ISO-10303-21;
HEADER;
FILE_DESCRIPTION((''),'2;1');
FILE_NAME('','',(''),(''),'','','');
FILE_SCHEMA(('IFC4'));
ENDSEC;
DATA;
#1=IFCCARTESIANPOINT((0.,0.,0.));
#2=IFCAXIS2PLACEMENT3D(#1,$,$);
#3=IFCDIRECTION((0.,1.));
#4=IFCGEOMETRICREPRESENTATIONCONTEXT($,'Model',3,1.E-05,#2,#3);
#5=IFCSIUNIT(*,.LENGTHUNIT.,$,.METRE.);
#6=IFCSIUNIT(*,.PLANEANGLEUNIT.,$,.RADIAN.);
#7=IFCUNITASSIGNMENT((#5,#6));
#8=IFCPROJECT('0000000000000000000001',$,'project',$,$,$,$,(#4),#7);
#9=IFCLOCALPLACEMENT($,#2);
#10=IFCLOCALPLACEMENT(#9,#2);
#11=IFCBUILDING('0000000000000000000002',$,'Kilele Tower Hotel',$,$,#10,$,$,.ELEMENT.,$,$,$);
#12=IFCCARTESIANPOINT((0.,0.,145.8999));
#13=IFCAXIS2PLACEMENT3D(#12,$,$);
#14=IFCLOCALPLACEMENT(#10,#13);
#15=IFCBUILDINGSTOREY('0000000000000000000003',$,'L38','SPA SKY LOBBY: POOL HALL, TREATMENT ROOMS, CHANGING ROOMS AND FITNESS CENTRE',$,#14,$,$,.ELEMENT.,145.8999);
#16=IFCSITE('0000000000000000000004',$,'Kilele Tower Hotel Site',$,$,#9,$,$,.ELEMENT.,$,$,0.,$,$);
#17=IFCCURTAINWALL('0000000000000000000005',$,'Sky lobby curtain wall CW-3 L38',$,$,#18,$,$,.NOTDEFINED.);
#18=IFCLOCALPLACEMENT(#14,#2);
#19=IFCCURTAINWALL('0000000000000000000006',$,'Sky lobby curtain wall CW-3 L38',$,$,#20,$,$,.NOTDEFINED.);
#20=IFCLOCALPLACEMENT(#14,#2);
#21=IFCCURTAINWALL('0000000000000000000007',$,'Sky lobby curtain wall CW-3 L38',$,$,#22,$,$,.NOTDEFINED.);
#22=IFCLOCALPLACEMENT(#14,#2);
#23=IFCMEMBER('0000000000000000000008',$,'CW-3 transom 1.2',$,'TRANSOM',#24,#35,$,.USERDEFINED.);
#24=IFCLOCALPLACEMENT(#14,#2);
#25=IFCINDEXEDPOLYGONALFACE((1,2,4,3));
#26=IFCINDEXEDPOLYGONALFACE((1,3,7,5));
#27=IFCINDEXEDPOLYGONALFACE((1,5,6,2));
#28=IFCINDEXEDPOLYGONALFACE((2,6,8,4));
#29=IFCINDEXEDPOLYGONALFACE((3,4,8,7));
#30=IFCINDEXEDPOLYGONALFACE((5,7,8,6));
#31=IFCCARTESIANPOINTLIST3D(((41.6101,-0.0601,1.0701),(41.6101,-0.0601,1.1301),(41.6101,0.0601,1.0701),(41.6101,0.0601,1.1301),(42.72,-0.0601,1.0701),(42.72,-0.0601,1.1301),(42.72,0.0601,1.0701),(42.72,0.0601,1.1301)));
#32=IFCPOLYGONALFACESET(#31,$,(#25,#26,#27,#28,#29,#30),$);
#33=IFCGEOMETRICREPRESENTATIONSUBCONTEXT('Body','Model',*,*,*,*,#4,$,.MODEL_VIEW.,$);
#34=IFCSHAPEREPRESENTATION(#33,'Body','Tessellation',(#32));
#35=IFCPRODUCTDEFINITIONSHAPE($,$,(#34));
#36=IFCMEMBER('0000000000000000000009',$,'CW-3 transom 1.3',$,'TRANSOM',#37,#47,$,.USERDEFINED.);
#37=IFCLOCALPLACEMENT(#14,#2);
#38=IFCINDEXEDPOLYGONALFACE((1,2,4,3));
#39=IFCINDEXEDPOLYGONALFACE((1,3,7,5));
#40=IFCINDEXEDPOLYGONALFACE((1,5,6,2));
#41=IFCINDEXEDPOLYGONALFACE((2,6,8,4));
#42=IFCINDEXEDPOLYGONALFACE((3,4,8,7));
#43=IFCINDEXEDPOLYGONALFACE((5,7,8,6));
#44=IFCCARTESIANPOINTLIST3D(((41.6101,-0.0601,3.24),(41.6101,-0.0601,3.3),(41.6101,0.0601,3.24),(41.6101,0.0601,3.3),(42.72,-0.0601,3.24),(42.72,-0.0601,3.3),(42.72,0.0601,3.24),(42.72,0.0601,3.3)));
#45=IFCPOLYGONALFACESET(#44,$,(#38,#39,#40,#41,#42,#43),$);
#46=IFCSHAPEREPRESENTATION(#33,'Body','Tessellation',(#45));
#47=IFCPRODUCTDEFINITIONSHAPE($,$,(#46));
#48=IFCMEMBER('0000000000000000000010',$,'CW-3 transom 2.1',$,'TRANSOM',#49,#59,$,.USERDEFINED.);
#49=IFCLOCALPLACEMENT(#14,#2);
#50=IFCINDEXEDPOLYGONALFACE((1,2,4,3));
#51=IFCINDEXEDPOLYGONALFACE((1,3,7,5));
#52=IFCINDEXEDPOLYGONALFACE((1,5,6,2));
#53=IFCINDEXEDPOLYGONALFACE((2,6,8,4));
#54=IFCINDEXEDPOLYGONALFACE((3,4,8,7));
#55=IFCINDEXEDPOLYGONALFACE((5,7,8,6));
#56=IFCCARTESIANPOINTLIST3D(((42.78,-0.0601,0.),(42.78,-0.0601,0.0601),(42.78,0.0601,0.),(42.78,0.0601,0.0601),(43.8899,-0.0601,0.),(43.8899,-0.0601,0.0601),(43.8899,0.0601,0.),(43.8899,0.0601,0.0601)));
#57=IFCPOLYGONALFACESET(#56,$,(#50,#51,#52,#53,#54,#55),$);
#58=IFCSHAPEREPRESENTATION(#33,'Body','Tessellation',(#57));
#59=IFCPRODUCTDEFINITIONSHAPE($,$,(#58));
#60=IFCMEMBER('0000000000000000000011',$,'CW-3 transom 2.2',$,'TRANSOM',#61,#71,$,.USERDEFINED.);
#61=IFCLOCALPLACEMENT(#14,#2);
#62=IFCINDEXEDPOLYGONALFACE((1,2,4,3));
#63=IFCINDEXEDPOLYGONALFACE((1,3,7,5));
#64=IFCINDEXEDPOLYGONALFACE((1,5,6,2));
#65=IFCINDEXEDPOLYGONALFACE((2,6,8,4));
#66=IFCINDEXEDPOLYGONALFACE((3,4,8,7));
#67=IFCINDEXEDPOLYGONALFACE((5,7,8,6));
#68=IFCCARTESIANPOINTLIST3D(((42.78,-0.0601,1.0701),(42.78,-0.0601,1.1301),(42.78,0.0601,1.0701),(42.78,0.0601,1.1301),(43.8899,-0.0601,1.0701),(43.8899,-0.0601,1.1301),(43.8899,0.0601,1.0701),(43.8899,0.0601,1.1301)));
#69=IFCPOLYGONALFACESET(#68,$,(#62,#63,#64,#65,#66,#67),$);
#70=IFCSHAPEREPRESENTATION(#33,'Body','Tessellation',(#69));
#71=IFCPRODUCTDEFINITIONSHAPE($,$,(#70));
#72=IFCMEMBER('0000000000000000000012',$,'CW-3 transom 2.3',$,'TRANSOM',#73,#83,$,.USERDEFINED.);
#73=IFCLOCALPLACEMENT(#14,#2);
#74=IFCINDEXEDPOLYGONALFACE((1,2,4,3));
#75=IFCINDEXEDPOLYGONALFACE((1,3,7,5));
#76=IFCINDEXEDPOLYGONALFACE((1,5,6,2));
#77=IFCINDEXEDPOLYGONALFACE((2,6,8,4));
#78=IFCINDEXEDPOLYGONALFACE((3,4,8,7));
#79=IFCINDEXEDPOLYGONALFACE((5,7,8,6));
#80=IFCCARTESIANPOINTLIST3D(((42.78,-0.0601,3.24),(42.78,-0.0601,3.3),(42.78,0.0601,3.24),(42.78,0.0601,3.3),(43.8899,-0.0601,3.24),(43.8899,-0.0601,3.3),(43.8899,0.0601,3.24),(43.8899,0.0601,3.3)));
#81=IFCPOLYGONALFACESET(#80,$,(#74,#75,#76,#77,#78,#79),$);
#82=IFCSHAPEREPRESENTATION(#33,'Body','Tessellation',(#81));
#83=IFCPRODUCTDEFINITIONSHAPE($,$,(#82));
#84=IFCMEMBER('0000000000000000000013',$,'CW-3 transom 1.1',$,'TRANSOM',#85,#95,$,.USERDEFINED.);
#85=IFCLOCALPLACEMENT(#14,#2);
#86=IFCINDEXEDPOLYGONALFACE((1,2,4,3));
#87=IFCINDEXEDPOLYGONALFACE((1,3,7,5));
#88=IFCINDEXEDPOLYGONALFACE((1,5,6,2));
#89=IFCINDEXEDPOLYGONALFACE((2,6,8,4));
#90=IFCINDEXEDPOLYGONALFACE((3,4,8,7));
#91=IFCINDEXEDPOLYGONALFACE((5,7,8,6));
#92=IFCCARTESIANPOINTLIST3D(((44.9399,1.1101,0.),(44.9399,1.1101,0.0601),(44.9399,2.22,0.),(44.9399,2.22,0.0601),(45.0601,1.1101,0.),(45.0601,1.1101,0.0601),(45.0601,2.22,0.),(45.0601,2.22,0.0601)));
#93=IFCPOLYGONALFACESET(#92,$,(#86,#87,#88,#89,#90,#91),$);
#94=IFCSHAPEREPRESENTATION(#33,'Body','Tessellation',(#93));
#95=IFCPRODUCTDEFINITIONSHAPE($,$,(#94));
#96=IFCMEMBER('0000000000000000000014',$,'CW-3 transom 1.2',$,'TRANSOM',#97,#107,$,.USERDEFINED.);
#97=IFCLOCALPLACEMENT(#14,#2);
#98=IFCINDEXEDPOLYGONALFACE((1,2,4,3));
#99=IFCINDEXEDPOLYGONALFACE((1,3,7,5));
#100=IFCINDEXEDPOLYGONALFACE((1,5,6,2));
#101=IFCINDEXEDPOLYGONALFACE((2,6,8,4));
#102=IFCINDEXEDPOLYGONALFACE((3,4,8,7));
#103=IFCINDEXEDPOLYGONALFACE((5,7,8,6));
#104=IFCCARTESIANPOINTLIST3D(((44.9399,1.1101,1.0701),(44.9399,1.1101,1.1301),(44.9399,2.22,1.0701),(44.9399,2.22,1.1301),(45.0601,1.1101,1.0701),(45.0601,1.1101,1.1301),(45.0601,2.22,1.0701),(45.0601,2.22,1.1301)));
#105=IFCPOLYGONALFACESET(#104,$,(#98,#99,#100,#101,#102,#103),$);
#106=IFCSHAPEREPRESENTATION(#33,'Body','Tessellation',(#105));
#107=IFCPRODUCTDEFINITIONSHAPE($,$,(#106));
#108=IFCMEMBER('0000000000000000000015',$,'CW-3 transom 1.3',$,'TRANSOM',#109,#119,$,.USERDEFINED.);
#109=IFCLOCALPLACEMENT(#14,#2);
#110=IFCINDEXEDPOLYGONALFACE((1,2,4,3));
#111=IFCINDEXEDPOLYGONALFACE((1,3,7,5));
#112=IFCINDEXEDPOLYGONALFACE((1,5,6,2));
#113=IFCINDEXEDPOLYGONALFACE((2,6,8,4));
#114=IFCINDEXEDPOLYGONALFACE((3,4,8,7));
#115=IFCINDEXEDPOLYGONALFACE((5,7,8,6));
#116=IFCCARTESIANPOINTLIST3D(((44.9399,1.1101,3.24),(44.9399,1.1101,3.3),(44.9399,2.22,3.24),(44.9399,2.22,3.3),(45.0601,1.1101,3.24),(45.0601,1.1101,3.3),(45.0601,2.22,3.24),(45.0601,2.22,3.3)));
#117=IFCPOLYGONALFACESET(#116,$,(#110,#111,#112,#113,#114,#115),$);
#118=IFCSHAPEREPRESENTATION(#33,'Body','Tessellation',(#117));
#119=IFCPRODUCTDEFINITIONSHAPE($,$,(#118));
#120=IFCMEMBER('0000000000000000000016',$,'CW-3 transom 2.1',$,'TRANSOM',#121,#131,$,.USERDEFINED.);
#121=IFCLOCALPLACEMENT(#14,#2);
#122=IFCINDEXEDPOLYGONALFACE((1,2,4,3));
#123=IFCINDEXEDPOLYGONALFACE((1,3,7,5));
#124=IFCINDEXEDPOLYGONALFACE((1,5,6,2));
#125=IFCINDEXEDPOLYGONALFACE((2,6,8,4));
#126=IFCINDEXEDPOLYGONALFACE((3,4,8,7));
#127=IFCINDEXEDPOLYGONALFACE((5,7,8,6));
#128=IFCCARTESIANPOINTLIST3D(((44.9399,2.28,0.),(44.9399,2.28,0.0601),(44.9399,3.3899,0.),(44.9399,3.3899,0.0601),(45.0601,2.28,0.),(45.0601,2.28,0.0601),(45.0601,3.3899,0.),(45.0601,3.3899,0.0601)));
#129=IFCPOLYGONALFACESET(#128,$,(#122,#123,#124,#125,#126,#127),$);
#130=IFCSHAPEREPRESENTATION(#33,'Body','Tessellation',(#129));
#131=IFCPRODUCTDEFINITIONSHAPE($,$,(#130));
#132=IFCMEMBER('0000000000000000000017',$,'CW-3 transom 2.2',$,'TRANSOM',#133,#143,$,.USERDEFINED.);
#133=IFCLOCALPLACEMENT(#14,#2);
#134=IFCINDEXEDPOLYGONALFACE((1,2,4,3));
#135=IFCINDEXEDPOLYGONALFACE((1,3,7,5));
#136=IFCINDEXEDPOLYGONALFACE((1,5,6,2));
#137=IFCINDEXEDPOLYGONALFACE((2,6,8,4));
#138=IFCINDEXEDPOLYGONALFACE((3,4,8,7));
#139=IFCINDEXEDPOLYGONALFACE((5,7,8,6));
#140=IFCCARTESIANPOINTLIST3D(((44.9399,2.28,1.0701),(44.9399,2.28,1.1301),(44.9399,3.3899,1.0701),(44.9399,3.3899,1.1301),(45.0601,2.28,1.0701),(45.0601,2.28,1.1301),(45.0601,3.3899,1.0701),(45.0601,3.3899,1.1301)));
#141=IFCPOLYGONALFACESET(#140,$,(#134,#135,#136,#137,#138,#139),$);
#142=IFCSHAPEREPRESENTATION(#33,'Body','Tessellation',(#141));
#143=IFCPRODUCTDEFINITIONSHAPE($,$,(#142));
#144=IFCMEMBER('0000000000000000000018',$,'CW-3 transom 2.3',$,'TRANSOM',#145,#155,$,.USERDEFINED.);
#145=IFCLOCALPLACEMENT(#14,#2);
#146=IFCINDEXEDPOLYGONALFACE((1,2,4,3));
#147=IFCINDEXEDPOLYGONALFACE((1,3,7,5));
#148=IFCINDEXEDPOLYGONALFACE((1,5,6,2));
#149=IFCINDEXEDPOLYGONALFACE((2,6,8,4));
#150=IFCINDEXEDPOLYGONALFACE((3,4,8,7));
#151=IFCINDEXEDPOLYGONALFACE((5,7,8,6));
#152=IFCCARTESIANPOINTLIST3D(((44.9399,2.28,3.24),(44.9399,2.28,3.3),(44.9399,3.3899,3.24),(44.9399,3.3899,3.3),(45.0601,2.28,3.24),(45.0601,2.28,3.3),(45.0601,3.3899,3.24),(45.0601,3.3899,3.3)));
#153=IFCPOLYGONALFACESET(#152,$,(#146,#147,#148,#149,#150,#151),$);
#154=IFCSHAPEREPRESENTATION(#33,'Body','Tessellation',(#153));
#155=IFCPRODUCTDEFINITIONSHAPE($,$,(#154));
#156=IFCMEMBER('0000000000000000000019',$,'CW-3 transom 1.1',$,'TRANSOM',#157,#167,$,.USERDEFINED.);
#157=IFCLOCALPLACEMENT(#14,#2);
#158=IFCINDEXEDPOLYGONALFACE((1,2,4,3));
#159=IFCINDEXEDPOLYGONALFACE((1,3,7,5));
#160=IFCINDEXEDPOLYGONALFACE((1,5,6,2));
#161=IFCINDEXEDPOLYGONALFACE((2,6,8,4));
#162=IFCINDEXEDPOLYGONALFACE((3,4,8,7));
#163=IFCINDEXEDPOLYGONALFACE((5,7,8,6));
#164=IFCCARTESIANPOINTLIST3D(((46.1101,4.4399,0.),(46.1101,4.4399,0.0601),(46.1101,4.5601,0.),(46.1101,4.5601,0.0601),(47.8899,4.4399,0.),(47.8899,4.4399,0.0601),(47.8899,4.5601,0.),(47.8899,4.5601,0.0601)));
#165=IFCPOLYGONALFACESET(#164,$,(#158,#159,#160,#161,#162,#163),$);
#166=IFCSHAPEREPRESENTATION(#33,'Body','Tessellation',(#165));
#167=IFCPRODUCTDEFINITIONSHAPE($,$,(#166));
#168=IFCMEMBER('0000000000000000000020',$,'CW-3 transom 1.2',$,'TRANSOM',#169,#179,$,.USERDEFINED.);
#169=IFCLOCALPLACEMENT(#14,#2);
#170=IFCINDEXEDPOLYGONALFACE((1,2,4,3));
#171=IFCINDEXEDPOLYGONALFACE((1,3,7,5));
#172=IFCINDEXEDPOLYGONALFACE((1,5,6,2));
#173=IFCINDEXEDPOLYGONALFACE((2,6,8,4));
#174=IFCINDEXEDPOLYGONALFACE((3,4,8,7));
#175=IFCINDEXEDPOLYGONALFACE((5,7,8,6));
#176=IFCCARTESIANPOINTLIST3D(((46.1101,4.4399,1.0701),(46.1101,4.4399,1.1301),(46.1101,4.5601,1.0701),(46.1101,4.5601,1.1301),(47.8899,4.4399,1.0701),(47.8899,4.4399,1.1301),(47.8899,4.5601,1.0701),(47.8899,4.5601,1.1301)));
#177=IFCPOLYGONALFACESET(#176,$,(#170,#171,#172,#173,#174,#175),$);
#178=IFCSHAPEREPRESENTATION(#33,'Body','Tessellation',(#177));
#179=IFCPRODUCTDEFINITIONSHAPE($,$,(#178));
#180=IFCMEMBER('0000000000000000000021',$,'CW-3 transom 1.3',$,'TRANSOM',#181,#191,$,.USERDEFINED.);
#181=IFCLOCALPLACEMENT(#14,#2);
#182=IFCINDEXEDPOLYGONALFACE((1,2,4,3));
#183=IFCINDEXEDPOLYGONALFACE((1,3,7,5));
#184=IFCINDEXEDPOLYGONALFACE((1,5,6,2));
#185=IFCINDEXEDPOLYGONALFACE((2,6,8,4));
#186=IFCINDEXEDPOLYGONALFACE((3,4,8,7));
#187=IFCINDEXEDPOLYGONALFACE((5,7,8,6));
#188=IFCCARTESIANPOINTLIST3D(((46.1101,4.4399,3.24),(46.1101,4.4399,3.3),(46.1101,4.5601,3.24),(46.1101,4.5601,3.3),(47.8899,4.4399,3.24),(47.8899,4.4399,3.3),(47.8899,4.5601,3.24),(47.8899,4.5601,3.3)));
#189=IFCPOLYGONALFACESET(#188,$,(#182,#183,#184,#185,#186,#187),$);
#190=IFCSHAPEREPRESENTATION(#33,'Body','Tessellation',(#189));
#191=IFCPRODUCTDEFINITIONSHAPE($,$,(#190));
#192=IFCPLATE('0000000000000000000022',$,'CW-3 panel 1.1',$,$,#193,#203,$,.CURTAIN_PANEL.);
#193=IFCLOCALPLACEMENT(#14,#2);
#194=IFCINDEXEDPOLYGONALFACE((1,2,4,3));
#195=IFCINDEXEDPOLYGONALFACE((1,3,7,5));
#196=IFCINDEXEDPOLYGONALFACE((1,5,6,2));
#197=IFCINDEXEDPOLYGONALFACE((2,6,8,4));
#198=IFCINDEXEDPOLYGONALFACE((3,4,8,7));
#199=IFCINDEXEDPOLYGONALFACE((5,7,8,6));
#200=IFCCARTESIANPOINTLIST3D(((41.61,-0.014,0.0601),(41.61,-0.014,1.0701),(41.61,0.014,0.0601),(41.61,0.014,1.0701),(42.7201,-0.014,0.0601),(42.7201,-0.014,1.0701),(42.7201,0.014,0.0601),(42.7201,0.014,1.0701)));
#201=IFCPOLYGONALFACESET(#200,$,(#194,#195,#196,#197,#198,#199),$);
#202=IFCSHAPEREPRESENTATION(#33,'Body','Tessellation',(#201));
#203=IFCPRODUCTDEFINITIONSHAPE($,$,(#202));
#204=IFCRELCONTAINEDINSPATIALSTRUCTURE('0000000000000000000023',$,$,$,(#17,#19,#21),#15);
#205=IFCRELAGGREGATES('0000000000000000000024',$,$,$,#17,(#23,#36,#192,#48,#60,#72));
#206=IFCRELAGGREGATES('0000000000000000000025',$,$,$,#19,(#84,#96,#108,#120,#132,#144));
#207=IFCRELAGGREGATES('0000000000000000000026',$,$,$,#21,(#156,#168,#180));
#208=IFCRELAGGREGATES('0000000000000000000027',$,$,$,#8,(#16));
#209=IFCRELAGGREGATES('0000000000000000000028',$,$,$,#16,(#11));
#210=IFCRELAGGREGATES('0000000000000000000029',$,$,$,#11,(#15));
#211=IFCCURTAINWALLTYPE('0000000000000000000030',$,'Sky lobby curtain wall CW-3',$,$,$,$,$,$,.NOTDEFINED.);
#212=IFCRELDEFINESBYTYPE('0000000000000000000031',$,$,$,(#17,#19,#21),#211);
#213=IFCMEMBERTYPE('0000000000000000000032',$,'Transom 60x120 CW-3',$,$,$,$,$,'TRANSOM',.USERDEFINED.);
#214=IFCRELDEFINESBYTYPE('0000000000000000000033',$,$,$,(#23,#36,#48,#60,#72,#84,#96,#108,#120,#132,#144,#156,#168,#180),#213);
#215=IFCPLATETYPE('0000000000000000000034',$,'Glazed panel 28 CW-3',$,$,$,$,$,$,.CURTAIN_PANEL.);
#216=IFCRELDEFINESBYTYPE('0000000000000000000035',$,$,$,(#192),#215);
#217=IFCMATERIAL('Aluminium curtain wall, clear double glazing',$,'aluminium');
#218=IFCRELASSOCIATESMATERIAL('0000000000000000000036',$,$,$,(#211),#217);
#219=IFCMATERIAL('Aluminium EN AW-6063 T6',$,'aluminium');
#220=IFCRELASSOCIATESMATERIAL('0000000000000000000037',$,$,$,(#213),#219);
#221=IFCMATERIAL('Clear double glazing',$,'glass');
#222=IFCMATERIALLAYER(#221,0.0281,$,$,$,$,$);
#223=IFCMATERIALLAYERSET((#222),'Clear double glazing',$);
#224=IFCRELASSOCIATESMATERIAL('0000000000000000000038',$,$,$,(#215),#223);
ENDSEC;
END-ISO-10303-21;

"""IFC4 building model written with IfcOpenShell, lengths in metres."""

from ifc_helpers import new_model, si_unit, direction, frame, origin, origin_2d, place, context, subcontext, project, spatial, rectangle, extrude, material, layer, layer_set, material_profile, profile_set, type_object, element, aggregate, save


model = new_model("IFC4")

# Units and contexts
model_context = context("Model", 3, precision=1e-05, world=origin(), true_north=direction((0.0, 1.0)))
body_context = subcontext(model_context, "Body", "Model", "MODEL_VIEW")
ifc_project = project(units=[si_unit("LENGTHUNIT", "METRE"), si_unit("PLANEANGLEUNIT", "RADIAN")], contexts=[model_context])

# Site, building, storey
site_placement = place(None, origin())
site = spatial("IfcSite", under=ifc_project, at=site_placement, Name="Kilele Tower Hotel Site", CompositionType="ELEMENT", RefElevation=0.0)
building_placement = place(site_placement, origin())
building = spatial("IfcBuilding", under=site, at=building_placement, Name="Kilele Tower Hotel", CompositionType="ELEMENT")
storey_placement = place(building_placement, frame((0.0, 0.0, 145.8999)))
storey = spatial("IfcBuildingStorey", under=building, at=storey_placement, Name="L38", Description="SPA SKY LOBBY: POOL HALL, TREATMENT ROOMS, CHANGING ROOMS AND FITNESS CENTRE", CompositionType="ELEMENT", Elevation=145.8999)

# Curtain walls
ifc_material_1 = material(Name="Aluminium curtain wall, clear double glazing", Category="aluminium")
curtain_wall_type = type_object("IfcCurtainWallType", Name="Sky lobby curtain wall CW-3", PredefinedType="NOTDEFINED", material=ifc_material_1)
curtain_wall_1_placement = place(storey_placement, origin())
curtain_wall_1 = element("IfcCurtainWall", 1, at=curtain_wall_1_placement, inside=storey, type_object=curtain_wall_type, Name="Sky lobby curtain wall CW-3 L38", PredefinedType="NOTDEFINED")
curtain_wall_2_placement = place(storey_placement, origin())
curtain_wall_2 = element("IfcCurtainWall", 2, at=curtain_wall_2_placement, inside=storey, type_object=curtain_wall_type, Name="Sky lobby curtain wall CW-3 L38", PredefinedType="NOTDEFINED")

# Curtain wall
curtain_wall_3_placement = place(storey_placement, origin())
curtain_wall_3 = element("IfcCurtainWall", 3, at=curtain_wall_3_placement, inside=storey, type_object=curtain_wall_type, Name="Sky lobby curtain wall CW-3 L38", PredefinedType="NOTDEFINED")

# Members
ifc_material_2 = material(Name="Aluminium EN AW-6063 T6", Category="aluminium")
ifc_material_profile_1 = material_profile(ifc_material_2, rectangle(XDim=0.1201, YDim=0.0601, at=origin_2d()))
ifc_profile_set_1 = profile_set([ifc_material_profile_1], Name="Aluminium EN AW-6063 T6")
member_type_1 = type_object("IfcMemberType", Name="Transom 60x120 CW-3", ElementType="TRANSOM", PredefinedType="USERDEFINED", material=ifc_profile_set_1)
member_1_placement = place(storey_placement, frame((41.6101, 0.0, 1.1001), z_axis=(1.0, 0.0, 0.0), x_axis=(0.0, 1.0, 0.0)))
member_1 = element("IfcMember", 4, at=member_1_placement, type_object=member_type_1, Name="CW-3 transom 1.2", ObjectType="TRANSOM", PredefinedType="USERDEFINED", context=body_context, shape_type="SweptSolid", body=[
    extrude(rectangle(XDim=0.1201, YDim=0.0601, at=origin_2d()), origin(), (0.0, 0.0, 1.0), 1.1099),
])
member_2_placement = place(storey_placement, frame((41.6101, 0.0, 3.27), z_axis=(1.0, 0.0, 0.0), x_axis=(0.0, 1.0, 0.0)))
member_2 = element("IfcMember", 5, at=member_2_placement, type_object=member_type_1, Name="CW-3 transom 1.3", ObjectType="TRANSOM", PredefinedType="USERDEFINED", context=body_context, shape_type="SweptSolid", body=[
    extrude(rectangle(XDim=0.1201, YDim=0.0601, at=origin_2d()), origin(), (0.0, 0.0, 1.0), 1.1099),
])
member_3_placement = place(storey_placement, frame((42.78, 0.0, 0.03), z_axis=(1.0, 0.0, 0.0), x_axis=(0.0, 1.0, 0.0)))
member_3 = element("IfcMember", 6, at=member_3_placement, type_object=member_type_1, Name="CW-3 transom 2.1", ObjectType="TRANSOM", PredefinedType="USERDEFINED", context=body_context, shape_type="SweptSolid", body=[
    extrude(rectangle(XDim=0.1201, YDim=0.0601, at=origin_2d()), origin(), (0.0, 0.0, 1.0), 1.1099),
])
member_4_placement = place(storey_placement, frame((42.78, 0.0, 1.1001), z_axis=(1.0, 0.0, 0.0), x_axis=(0.0, 1.0, 0.0)))
member_4 = element("IfcMember", 7, at=member_4_placement, type_object=member_type_1, Name="CW-3 transom 2.2", ObjectType="TRANSOM", PredefinedType="USERDEFINED", context=body_context, shape_type="SweptSolid", body=[
    extrude(rectangle(XDim=0.1201, YDim=0.0601, at=origin_2d()), origin(), (0.0, 0.0, 1.0), 1.1099),
])
member_5_placement = place(storey_placement, frame((42.78, 0.0, 3.27), z_axis=(1.0, 0.0, 0.0), x_axis=(0.0, 1.0, 0.0)))
member_5 = element("IfcMember", 8, at=member_5_placement, type_object=member_type_1, Name="CW-3 transom 2.3", ObjectType="TRANSOM", PredefinedType="USERDEFINED", context=body_context, shape_type="SweptSolid", body=[
    extrude(rectangle(XDim=0.1201, YDim=0.0601, at=origin_2d()), origin(), (0.0, 0.0, 1.0), 1.1099),
])
member_6_placement = place(storey_placement, frame((45.0, 1.1101, 0.03), z_axis=(0.0, 1.0, 0.0), x_axis=(-1.0, 0.0, 0.0)))
member_6 = element("IfcMember", 9, at=member_6_placement, type_object=member_type_1, Name="CW-3 transom 1.1", ObjectType="TRANSOM", PredefinedType="USERDEFINED", context=body_context, shape_type="SweptSolid", body=[
    extrude(rectangle(XDim=0.1201, YDim=0.0601, at=origin_2d()), origin(), (0.0, 0.0, 1.0), 1.1099),
])
member_7_placement = place(storey_placement, frame((45.0, 1.1101, 1.1001), z_axis=(0.0, 1.0, 0.0), x_axis=(-1.0, 0.0, 0.0)))
member_7 = element("IfcMember", 10, at=member_7_placement, type_object=member_type_1, Name="CW-3 transom 1.2", ObjectType="TRANSOM", PredefinedType="USERDEFINED", context=body_context, shape_type="SweptSolid", body=[
    extrude(rectangle(XDim=0.1201, YDim=0.0601, at=origin_2d()), origin(), (0.0, 0.0, 1.0), 1.1099),
])
member_8_placement = place(storey_placement, frame((45.0, 1.1101, 3.27), z_axis=(0.0, 1.0, 0.0), x_axis=(-1.0, 0.0, 0.0)))
member_8 = element("IfcMember", 11, at=member_8_placement, type_object=member_type_1, Name="CW-3 transom 1.3", ObjectType="TRANSOM", PredefinedType="USERDEFINED", context=body_context, shape_type="SweptSolid", body=[
    extrude(rectangle(XDim=0.1201, YDim=0.0601, at=origin_2d()), origin(), (0.0, 0.0, 1.0), 1.1099),
])
member_9_placement = place(storey_placement, frame((45.0, 2.28, 0.03), z_axis=(0.0, 1.0, 0.0), x_axis=(-1.0, 0.0, 0.0)))
member_9 = element("IfcMember", 12, at=member_9_placement, type_object=member_type_1, Name="CW-3 transom 2.1", ObjectType="TRANSOM", PredefinedType="USERDEFINED", context=body_context, shape_type="SweptSolid", body=[
    extrude(rectangle(XDim=0.1201, YDim=0.0601, at=origin_2d()), origin(), (0.0, 0.0, 1.0), 1.1099),
])
member_10_placement = place(storey_placement, frame((45.0, 2.28, 1.1001), z_axis=(0.0, 1.0, 0.0), x_axis=(-1.0, 0.0, 0.0)))
member_10 = element("IfcMember", 13, at=member_10_placement, type_object=member_type_1, Name="CW-3 transom 2.2", ObjectType="TRANSOM", PredefinedType="USERDEFINED", context=body_context, shape_type="SweptSolid", body=[
    extrude(rectangle(XDim=0.1201, YDim=0.0601, at=origin_2d()), origin(), (0.0, 0.0, 1.0), 1.1099),
])
member_11_placement = place(storey_placement, frame((45.0, 2.28, 3.27), z_axis=(0.0, 1.0, 0.0), x_axis=(-1.0, 0.0, 0.0)))
member_11 = element("IfcMember", 14, at=member_11_placement, type_object=member_type_1, Name="CW-3 transom 2.3", ObjectType="TRANSOM", PredefinedType="USERDEFINED", context=body_context, shape_type="SweptSolid", body=[
    extrude(rectangle(XDim=0.1201, YDim=0.0601, at=origin_2d()), origin(), (0.0, 0.0, 1.0), 1.1099),
])
member_12_placement = place(storey_placement, frame((46.1101, 4.5, 0.03), z_axis=(1.0, 0.0, 0.0), x_axis=(0.0, 1.0, 0.0)))
member_12 = element("IfcMember", 15, at=member_12_placement, type_object=member_type_1, Name="CW-3 transom 1.1", ObjectType="TRANSOM", PredefinedType="USERDEFINED", context=body_context, shape_type="SweptSolid", body=[
    extrude(rectangle(XDim=0.1201, YDim=0.0601, at=origin_2d()), origin(), (0.0, 0.0, 1.0), 1.7798),
])
member_13_placement = place(storey_placement, frame((46.1101, 4.5, 1.1001), z_axis=(1.0, 0.0, 0.0), x_axis=(0.0, 1.0, 0.0)))
member_13 = element("IfcMember", 16, at=member_13_placement, type_object=member_type_1, Name="CW-3 transom 1.2", ObjectType="TRANSOM", PredefinedType="USERDEFINED", context=body_context, shape_type="SweptSolid", body=[
    extrude(rectangle(XDim=0.1201, YDim=0.0601, at=origin_2d()), origin(), (0.0, 0.0, 1.0), 1.7798),
])
member_14_placement = place(storey_placement, frame((46.1101, 4.5, 3.27), z_axis=(1.0, 0.0, 0.0), x_axis=(0.0, 1.0, 0.0)))
member_14 = element("IfcMember", 17, at=member_14_placement, type_object=member_type_1, Name="CW-3 transom 1.3", ObjectType="TRANSOM", PredefinedType="USERDEFINED", context=body_context, shape_type="SweptSolid", body=[
    extrude(rectangle(XDim=0.1201, YDim=0.0601, at=origin_2d()), origin(), (0.0, 0.0, 1.0), 1.7798),
])

# Plate
ifc_material_3 = material(Name="Clear double glazing", Category="glass")
ifc_layer = layer(ifc_material_3, 0.0281)
ifc_layer_set = layer_set([ifc_layer], Name="Clear double glazing")
plate_type = type_object("IfcPlateType", Name="Glazed panel 28 CW-3", PredefinedType="CURTAIN_PANEL", material=ifc_layer_set)
plate_1_placement = place(storey_placement, frame((42.165, 0.0, 0.0601), z_axis=(0.0, 0.0, 1.0), x_axis=(1.0, 0.0, 0.0)))
plate_1 = element("IfcPlate", 18, at=plate_1_placement, type_object=plate_type, Name="CW-3 panel 1.1", PredefinedType="CURTAIN_PANEL", context=body_context, shape_type="SweptSolid", body=[
    extrude(rectangle(XDim=1.1101, YDim=0.0281, at=origin_2d()), origin(), (0.0, 0.0, 1.0), 1.01),
])
aggregate(curtain_wall_1, [member_1, member_2, plate_1, member_3, member_4, member_5])
aggregate(curtain_wall_2, [member_6, member_7, member_8, member_9, member_10, member_11])
aggregate(curtain_wall_3, [member_12, member_13, member_14])

save(model, "model.ifc")
